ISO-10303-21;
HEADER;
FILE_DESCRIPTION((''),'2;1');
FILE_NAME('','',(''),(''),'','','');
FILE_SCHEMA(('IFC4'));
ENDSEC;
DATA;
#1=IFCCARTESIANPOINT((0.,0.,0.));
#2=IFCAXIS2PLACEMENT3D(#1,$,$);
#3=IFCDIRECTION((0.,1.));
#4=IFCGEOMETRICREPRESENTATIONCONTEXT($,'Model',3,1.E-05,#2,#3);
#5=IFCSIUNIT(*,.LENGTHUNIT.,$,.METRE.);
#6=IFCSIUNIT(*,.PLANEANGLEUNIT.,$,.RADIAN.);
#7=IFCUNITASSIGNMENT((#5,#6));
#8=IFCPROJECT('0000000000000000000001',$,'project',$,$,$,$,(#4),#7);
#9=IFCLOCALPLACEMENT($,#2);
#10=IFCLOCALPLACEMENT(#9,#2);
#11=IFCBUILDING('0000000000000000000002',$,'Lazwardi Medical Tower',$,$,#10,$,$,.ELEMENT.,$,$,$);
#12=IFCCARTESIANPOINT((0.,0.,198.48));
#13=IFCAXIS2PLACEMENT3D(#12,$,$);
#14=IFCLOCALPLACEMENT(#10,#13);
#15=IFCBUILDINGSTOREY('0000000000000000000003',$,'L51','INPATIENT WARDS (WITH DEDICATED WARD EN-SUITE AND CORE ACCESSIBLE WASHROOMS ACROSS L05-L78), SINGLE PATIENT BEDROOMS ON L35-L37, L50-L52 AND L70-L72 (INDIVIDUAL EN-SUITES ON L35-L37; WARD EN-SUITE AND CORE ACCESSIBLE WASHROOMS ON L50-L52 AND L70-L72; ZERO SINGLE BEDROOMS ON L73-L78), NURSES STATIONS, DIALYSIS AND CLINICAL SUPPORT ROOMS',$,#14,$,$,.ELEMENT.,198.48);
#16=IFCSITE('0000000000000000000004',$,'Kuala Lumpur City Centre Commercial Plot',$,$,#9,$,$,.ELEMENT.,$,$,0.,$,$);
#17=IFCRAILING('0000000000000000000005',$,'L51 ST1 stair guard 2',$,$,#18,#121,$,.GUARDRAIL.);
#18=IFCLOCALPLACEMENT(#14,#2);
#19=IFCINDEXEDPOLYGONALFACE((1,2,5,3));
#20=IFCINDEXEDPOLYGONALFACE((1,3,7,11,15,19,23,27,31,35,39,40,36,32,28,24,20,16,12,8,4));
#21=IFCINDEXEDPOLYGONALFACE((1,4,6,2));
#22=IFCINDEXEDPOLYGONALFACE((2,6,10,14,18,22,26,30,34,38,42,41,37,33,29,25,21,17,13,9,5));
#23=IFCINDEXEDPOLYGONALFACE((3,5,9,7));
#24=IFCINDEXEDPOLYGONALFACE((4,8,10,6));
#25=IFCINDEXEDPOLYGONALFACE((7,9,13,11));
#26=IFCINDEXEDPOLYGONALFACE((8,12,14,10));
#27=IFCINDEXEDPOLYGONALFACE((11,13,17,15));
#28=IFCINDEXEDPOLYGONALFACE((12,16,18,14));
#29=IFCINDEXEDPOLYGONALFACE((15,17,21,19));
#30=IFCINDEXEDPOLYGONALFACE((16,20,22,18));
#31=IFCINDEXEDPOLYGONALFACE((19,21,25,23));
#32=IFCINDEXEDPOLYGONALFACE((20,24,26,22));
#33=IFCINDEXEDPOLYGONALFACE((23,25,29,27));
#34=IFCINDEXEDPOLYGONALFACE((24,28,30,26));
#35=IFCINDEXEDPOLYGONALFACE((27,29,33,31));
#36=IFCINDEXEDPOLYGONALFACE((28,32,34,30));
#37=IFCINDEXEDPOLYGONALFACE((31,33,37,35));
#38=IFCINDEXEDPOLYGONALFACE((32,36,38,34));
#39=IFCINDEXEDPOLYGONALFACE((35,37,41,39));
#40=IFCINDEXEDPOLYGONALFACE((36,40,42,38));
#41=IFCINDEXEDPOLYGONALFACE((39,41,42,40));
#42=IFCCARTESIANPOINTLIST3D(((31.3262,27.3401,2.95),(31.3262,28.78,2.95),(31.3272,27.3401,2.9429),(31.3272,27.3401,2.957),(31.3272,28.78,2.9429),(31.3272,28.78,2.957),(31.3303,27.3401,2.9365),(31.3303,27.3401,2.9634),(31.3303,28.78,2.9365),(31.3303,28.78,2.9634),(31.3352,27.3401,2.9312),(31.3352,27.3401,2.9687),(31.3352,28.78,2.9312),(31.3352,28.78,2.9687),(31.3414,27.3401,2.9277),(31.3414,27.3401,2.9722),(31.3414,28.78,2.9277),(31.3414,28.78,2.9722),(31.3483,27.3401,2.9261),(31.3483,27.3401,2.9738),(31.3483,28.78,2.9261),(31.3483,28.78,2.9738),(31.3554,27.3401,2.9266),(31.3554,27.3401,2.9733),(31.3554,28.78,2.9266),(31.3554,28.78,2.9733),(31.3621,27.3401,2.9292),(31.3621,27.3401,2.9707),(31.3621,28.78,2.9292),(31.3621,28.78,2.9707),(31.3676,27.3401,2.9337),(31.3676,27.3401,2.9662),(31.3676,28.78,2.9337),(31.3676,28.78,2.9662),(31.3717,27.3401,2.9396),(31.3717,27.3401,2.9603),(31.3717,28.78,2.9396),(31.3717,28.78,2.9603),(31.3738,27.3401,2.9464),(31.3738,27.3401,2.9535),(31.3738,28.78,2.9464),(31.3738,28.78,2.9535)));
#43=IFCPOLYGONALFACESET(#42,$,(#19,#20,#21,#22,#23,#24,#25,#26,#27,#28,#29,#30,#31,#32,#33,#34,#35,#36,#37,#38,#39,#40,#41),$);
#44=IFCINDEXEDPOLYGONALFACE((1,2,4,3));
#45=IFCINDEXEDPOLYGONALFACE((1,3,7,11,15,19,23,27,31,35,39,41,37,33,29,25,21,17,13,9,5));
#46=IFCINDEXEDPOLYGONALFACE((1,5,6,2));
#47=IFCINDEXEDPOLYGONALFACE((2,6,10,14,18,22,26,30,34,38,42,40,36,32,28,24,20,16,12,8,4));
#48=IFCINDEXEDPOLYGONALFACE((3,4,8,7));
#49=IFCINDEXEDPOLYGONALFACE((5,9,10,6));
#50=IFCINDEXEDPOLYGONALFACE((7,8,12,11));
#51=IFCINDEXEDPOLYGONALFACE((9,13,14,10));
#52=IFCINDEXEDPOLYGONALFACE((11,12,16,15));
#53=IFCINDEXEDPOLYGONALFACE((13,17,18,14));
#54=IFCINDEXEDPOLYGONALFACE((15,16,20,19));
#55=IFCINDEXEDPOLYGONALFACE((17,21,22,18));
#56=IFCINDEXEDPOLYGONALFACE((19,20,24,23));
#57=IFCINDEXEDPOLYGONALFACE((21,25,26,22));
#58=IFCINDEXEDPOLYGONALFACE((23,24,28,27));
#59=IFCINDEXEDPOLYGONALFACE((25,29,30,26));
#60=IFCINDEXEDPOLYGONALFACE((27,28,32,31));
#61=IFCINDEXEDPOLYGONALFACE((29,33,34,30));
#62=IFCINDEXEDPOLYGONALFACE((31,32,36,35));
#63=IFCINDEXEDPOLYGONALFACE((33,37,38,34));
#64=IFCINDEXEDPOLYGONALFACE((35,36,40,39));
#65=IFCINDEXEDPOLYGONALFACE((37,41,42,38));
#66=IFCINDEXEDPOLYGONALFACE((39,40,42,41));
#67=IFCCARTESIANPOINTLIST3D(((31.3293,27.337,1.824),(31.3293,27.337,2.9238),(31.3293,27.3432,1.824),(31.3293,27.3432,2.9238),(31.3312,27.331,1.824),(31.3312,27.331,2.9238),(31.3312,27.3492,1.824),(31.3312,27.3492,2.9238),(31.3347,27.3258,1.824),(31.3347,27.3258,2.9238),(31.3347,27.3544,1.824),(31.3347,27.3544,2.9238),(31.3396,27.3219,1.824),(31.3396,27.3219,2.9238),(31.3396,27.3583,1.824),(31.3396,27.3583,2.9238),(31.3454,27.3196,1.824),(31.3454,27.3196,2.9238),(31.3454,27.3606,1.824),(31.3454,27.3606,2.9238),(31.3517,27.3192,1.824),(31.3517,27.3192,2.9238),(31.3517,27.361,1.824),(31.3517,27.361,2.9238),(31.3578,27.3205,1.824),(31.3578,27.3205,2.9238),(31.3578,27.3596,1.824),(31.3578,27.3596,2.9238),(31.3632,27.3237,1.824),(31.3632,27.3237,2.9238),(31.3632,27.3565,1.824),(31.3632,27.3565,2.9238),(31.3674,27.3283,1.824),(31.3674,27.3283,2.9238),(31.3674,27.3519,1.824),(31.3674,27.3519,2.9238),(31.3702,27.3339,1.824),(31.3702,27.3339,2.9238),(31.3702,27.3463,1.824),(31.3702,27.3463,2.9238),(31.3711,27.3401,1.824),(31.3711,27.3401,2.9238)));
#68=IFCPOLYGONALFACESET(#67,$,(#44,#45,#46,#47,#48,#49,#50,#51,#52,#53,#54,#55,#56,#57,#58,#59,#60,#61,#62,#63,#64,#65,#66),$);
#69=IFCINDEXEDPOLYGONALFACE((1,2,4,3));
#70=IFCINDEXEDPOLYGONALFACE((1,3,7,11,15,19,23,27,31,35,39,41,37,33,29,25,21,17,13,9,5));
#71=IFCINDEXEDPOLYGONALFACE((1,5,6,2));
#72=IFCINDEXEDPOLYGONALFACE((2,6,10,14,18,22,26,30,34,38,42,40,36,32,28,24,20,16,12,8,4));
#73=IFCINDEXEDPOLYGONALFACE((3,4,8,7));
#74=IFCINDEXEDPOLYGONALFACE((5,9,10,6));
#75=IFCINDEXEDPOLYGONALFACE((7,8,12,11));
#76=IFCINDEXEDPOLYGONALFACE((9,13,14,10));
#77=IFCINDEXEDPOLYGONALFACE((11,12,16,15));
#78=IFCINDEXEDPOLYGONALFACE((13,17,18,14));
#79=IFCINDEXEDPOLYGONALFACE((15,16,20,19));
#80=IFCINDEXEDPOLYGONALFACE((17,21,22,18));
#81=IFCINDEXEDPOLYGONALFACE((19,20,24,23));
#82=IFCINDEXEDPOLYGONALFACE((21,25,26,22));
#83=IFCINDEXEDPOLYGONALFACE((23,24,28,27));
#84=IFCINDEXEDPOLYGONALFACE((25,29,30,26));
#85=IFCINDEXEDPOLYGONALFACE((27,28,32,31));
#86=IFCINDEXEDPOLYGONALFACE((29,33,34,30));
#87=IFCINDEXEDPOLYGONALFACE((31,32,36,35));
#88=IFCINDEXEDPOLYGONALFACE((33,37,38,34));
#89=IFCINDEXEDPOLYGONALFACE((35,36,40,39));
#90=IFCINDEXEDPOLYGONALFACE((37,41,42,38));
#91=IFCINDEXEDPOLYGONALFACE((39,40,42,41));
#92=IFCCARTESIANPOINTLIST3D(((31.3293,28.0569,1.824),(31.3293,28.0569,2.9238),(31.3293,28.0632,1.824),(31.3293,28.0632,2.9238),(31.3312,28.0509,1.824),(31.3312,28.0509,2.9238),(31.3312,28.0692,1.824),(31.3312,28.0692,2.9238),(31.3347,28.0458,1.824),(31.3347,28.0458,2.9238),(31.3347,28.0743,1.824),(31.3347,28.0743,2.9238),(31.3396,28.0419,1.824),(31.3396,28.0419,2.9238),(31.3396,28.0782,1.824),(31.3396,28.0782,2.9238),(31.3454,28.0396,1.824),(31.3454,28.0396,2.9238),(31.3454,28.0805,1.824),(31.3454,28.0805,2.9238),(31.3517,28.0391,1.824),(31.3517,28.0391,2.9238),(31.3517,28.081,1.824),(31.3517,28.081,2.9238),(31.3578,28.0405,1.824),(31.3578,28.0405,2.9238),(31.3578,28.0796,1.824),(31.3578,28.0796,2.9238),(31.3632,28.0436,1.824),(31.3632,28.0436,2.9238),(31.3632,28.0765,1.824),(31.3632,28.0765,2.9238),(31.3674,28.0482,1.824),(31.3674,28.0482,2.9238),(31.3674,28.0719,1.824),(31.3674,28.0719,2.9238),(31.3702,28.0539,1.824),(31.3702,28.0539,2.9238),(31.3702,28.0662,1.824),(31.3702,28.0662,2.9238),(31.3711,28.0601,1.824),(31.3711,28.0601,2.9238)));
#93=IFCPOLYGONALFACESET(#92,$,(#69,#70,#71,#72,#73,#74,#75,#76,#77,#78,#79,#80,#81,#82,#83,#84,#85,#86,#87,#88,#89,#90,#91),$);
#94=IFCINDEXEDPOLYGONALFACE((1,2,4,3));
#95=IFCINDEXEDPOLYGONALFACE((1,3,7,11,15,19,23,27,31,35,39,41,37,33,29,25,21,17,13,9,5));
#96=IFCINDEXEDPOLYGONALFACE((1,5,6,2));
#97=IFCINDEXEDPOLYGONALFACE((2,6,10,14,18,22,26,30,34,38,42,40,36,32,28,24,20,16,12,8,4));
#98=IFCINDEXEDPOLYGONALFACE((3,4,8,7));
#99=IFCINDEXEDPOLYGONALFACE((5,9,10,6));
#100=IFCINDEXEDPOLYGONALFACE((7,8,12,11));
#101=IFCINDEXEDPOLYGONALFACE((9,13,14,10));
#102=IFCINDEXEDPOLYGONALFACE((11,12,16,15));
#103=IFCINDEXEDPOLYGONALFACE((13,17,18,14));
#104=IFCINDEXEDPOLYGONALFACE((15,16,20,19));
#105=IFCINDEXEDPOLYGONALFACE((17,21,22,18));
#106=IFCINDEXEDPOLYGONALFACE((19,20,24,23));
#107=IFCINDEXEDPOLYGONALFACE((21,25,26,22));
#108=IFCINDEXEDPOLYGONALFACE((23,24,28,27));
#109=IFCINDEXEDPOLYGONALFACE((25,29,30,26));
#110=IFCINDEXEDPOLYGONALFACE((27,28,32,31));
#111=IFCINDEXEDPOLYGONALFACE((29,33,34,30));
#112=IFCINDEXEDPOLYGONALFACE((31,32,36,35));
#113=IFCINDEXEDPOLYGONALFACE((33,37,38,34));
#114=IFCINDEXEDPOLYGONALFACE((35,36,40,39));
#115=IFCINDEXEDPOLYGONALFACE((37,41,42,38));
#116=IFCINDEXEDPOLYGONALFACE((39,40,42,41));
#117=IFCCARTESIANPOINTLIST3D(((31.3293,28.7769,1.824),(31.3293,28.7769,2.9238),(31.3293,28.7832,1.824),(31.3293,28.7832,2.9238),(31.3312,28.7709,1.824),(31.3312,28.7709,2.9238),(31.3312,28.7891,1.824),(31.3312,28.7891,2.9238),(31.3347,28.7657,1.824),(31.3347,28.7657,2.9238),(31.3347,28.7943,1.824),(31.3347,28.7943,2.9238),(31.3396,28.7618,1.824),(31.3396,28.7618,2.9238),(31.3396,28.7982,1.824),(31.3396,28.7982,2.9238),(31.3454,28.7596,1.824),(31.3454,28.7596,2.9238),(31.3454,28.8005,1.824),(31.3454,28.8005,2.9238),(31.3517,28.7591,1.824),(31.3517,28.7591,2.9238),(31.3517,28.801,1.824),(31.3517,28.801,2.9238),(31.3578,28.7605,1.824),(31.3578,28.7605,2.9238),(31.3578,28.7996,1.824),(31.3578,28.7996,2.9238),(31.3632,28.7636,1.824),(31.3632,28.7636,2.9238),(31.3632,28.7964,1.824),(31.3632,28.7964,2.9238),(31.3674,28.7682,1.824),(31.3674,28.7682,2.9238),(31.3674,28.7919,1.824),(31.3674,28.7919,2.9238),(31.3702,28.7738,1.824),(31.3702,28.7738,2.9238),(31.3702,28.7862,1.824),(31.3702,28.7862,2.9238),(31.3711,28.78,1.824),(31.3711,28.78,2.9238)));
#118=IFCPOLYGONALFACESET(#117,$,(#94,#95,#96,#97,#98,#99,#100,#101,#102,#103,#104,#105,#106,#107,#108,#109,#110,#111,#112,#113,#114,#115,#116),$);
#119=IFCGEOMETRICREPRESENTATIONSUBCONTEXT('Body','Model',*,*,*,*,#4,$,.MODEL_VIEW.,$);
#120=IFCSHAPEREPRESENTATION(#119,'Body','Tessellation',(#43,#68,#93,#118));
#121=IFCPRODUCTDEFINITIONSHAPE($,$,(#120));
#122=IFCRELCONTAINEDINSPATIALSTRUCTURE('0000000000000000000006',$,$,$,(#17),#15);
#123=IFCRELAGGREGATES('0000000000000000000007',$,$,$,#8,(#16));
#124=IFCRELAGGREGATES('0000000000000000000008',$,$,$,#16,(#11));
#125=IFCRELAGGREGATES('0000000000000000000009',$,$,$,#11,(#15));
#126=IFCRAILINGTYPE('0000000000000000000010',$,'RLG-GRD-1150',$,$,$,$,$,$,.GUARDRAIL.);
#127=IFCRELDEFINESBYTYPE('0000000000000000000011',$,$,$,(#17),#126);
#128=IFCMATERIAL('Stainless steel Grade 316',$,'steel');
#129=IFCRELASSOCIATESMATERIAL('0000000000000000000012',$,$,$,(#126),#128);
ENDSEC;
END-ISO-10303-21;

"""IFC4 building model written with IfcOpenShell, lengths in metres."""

from ifc_helpers import new_model, si_unit, direction, frame, origin, origin_2d, place, context, subcontext, project, spatial, circle, extrude, material, type_object, element, save


model = new_model("IFC4")

# Units and contexts
model_context = context("Model", 3, precision=1e-05, world=origin(), true_north=direction((0.0, 1.0)))
body_context = subcontext(model_context, "Body", "Model", "MODEL_VIEW")
ifc_project = project(units=[si_unit("LENGTHUNIT", "METRE"), si_unit("PLANEANGLEUNIT", "RADIAN")], contexts=[model_context])

# Site, building, storey
site_placement = place(None, origin())
site = spatial("IfcSite", under=ifc_project, at=site_placement, Name="Kuala Lumpur City Centre Commercial Plot", CompositionType="ELEMENT", RefElevation=0.0)
building_placement = place(site_placement, origin())
building = spatial("IfcBuilding", under=site, at=building_placement, Name="Lazwardi Medical Tower", CompositionType="ELEMENT")
storey_placement = place(building_placement, frame((0.0, 0.0, 198.48)))
storey = spatial("IfcBuildingStorey", under=building, at=storey_placement, Name="L51", Description="INPATIENT WARDS (WITH DEDICATED WARD EN-SUITE AND CORE ACCESSIBLE WASHROOMS ACROSS L05-L78), SINGLE PATIENT BEDROOMS ON L35-L37, L50-L52 AND L70-L72 (INDIVIDUAL EN-SUITES ON L35-L37; WARD EN-SUITE AND CORE ACCESSIBLE WASHROOMS ON L50-L52 AND L70-L72; ZERO SINGLE BEDROOMS ON L73-L78), NURSES STATIONS, DIALYSIS AND CLINICAL SUPPORT ROOMS", CompositionType="ELEMENT", Elevation=198.48)

# Railing
ifc_material_1 = material(Name="Stainless steel Grade 316", Category="steel")
railing_type_1 = type_object("IfcRailingType", Name="RLG-GRD-1150", PredefinedType="GUARDRAIL", material=ifc_material_1)
railing_1_placement = place(storey_placement, frame((31.3501, 27.3401, 1.824)))
element("IfcRailing", 1, at=railing_1_placement, inside=storey, type_object=railing_type_1, Name="L51 ST1 stair guard 2", PredefinedType="GUARDRAIL", context=body_context, shape_type="SweptSolid", body=[
    extrude(circle(Radius=0.0239, at=origin_2d()), frame((0.0, 0.0, 1.126), z_axis=(0.0, 1.0, 0.0), x_axis=(-1.0, 0.0, 0.0)), (0.0, 0.0, 1.0), 1.4399),
    extrude(circle(Radius=0.021, at=origin_2d()), origin(), (0.0, 0.0, 1.0), 1.0999),
    extrude(circle(Radius=0.021, at=origin_2d()), frame((0.0, 0.72, 0.0)), (0.0, 0.0, 1.0), 1.0999),
    extrude(circle(Radius=0.021, at=origin_2d()), frame((0.0, 1.4399, 0.0)), (0.0, 0.0, 1.0), 1.0999),
])

save(model, "model.ifc")
